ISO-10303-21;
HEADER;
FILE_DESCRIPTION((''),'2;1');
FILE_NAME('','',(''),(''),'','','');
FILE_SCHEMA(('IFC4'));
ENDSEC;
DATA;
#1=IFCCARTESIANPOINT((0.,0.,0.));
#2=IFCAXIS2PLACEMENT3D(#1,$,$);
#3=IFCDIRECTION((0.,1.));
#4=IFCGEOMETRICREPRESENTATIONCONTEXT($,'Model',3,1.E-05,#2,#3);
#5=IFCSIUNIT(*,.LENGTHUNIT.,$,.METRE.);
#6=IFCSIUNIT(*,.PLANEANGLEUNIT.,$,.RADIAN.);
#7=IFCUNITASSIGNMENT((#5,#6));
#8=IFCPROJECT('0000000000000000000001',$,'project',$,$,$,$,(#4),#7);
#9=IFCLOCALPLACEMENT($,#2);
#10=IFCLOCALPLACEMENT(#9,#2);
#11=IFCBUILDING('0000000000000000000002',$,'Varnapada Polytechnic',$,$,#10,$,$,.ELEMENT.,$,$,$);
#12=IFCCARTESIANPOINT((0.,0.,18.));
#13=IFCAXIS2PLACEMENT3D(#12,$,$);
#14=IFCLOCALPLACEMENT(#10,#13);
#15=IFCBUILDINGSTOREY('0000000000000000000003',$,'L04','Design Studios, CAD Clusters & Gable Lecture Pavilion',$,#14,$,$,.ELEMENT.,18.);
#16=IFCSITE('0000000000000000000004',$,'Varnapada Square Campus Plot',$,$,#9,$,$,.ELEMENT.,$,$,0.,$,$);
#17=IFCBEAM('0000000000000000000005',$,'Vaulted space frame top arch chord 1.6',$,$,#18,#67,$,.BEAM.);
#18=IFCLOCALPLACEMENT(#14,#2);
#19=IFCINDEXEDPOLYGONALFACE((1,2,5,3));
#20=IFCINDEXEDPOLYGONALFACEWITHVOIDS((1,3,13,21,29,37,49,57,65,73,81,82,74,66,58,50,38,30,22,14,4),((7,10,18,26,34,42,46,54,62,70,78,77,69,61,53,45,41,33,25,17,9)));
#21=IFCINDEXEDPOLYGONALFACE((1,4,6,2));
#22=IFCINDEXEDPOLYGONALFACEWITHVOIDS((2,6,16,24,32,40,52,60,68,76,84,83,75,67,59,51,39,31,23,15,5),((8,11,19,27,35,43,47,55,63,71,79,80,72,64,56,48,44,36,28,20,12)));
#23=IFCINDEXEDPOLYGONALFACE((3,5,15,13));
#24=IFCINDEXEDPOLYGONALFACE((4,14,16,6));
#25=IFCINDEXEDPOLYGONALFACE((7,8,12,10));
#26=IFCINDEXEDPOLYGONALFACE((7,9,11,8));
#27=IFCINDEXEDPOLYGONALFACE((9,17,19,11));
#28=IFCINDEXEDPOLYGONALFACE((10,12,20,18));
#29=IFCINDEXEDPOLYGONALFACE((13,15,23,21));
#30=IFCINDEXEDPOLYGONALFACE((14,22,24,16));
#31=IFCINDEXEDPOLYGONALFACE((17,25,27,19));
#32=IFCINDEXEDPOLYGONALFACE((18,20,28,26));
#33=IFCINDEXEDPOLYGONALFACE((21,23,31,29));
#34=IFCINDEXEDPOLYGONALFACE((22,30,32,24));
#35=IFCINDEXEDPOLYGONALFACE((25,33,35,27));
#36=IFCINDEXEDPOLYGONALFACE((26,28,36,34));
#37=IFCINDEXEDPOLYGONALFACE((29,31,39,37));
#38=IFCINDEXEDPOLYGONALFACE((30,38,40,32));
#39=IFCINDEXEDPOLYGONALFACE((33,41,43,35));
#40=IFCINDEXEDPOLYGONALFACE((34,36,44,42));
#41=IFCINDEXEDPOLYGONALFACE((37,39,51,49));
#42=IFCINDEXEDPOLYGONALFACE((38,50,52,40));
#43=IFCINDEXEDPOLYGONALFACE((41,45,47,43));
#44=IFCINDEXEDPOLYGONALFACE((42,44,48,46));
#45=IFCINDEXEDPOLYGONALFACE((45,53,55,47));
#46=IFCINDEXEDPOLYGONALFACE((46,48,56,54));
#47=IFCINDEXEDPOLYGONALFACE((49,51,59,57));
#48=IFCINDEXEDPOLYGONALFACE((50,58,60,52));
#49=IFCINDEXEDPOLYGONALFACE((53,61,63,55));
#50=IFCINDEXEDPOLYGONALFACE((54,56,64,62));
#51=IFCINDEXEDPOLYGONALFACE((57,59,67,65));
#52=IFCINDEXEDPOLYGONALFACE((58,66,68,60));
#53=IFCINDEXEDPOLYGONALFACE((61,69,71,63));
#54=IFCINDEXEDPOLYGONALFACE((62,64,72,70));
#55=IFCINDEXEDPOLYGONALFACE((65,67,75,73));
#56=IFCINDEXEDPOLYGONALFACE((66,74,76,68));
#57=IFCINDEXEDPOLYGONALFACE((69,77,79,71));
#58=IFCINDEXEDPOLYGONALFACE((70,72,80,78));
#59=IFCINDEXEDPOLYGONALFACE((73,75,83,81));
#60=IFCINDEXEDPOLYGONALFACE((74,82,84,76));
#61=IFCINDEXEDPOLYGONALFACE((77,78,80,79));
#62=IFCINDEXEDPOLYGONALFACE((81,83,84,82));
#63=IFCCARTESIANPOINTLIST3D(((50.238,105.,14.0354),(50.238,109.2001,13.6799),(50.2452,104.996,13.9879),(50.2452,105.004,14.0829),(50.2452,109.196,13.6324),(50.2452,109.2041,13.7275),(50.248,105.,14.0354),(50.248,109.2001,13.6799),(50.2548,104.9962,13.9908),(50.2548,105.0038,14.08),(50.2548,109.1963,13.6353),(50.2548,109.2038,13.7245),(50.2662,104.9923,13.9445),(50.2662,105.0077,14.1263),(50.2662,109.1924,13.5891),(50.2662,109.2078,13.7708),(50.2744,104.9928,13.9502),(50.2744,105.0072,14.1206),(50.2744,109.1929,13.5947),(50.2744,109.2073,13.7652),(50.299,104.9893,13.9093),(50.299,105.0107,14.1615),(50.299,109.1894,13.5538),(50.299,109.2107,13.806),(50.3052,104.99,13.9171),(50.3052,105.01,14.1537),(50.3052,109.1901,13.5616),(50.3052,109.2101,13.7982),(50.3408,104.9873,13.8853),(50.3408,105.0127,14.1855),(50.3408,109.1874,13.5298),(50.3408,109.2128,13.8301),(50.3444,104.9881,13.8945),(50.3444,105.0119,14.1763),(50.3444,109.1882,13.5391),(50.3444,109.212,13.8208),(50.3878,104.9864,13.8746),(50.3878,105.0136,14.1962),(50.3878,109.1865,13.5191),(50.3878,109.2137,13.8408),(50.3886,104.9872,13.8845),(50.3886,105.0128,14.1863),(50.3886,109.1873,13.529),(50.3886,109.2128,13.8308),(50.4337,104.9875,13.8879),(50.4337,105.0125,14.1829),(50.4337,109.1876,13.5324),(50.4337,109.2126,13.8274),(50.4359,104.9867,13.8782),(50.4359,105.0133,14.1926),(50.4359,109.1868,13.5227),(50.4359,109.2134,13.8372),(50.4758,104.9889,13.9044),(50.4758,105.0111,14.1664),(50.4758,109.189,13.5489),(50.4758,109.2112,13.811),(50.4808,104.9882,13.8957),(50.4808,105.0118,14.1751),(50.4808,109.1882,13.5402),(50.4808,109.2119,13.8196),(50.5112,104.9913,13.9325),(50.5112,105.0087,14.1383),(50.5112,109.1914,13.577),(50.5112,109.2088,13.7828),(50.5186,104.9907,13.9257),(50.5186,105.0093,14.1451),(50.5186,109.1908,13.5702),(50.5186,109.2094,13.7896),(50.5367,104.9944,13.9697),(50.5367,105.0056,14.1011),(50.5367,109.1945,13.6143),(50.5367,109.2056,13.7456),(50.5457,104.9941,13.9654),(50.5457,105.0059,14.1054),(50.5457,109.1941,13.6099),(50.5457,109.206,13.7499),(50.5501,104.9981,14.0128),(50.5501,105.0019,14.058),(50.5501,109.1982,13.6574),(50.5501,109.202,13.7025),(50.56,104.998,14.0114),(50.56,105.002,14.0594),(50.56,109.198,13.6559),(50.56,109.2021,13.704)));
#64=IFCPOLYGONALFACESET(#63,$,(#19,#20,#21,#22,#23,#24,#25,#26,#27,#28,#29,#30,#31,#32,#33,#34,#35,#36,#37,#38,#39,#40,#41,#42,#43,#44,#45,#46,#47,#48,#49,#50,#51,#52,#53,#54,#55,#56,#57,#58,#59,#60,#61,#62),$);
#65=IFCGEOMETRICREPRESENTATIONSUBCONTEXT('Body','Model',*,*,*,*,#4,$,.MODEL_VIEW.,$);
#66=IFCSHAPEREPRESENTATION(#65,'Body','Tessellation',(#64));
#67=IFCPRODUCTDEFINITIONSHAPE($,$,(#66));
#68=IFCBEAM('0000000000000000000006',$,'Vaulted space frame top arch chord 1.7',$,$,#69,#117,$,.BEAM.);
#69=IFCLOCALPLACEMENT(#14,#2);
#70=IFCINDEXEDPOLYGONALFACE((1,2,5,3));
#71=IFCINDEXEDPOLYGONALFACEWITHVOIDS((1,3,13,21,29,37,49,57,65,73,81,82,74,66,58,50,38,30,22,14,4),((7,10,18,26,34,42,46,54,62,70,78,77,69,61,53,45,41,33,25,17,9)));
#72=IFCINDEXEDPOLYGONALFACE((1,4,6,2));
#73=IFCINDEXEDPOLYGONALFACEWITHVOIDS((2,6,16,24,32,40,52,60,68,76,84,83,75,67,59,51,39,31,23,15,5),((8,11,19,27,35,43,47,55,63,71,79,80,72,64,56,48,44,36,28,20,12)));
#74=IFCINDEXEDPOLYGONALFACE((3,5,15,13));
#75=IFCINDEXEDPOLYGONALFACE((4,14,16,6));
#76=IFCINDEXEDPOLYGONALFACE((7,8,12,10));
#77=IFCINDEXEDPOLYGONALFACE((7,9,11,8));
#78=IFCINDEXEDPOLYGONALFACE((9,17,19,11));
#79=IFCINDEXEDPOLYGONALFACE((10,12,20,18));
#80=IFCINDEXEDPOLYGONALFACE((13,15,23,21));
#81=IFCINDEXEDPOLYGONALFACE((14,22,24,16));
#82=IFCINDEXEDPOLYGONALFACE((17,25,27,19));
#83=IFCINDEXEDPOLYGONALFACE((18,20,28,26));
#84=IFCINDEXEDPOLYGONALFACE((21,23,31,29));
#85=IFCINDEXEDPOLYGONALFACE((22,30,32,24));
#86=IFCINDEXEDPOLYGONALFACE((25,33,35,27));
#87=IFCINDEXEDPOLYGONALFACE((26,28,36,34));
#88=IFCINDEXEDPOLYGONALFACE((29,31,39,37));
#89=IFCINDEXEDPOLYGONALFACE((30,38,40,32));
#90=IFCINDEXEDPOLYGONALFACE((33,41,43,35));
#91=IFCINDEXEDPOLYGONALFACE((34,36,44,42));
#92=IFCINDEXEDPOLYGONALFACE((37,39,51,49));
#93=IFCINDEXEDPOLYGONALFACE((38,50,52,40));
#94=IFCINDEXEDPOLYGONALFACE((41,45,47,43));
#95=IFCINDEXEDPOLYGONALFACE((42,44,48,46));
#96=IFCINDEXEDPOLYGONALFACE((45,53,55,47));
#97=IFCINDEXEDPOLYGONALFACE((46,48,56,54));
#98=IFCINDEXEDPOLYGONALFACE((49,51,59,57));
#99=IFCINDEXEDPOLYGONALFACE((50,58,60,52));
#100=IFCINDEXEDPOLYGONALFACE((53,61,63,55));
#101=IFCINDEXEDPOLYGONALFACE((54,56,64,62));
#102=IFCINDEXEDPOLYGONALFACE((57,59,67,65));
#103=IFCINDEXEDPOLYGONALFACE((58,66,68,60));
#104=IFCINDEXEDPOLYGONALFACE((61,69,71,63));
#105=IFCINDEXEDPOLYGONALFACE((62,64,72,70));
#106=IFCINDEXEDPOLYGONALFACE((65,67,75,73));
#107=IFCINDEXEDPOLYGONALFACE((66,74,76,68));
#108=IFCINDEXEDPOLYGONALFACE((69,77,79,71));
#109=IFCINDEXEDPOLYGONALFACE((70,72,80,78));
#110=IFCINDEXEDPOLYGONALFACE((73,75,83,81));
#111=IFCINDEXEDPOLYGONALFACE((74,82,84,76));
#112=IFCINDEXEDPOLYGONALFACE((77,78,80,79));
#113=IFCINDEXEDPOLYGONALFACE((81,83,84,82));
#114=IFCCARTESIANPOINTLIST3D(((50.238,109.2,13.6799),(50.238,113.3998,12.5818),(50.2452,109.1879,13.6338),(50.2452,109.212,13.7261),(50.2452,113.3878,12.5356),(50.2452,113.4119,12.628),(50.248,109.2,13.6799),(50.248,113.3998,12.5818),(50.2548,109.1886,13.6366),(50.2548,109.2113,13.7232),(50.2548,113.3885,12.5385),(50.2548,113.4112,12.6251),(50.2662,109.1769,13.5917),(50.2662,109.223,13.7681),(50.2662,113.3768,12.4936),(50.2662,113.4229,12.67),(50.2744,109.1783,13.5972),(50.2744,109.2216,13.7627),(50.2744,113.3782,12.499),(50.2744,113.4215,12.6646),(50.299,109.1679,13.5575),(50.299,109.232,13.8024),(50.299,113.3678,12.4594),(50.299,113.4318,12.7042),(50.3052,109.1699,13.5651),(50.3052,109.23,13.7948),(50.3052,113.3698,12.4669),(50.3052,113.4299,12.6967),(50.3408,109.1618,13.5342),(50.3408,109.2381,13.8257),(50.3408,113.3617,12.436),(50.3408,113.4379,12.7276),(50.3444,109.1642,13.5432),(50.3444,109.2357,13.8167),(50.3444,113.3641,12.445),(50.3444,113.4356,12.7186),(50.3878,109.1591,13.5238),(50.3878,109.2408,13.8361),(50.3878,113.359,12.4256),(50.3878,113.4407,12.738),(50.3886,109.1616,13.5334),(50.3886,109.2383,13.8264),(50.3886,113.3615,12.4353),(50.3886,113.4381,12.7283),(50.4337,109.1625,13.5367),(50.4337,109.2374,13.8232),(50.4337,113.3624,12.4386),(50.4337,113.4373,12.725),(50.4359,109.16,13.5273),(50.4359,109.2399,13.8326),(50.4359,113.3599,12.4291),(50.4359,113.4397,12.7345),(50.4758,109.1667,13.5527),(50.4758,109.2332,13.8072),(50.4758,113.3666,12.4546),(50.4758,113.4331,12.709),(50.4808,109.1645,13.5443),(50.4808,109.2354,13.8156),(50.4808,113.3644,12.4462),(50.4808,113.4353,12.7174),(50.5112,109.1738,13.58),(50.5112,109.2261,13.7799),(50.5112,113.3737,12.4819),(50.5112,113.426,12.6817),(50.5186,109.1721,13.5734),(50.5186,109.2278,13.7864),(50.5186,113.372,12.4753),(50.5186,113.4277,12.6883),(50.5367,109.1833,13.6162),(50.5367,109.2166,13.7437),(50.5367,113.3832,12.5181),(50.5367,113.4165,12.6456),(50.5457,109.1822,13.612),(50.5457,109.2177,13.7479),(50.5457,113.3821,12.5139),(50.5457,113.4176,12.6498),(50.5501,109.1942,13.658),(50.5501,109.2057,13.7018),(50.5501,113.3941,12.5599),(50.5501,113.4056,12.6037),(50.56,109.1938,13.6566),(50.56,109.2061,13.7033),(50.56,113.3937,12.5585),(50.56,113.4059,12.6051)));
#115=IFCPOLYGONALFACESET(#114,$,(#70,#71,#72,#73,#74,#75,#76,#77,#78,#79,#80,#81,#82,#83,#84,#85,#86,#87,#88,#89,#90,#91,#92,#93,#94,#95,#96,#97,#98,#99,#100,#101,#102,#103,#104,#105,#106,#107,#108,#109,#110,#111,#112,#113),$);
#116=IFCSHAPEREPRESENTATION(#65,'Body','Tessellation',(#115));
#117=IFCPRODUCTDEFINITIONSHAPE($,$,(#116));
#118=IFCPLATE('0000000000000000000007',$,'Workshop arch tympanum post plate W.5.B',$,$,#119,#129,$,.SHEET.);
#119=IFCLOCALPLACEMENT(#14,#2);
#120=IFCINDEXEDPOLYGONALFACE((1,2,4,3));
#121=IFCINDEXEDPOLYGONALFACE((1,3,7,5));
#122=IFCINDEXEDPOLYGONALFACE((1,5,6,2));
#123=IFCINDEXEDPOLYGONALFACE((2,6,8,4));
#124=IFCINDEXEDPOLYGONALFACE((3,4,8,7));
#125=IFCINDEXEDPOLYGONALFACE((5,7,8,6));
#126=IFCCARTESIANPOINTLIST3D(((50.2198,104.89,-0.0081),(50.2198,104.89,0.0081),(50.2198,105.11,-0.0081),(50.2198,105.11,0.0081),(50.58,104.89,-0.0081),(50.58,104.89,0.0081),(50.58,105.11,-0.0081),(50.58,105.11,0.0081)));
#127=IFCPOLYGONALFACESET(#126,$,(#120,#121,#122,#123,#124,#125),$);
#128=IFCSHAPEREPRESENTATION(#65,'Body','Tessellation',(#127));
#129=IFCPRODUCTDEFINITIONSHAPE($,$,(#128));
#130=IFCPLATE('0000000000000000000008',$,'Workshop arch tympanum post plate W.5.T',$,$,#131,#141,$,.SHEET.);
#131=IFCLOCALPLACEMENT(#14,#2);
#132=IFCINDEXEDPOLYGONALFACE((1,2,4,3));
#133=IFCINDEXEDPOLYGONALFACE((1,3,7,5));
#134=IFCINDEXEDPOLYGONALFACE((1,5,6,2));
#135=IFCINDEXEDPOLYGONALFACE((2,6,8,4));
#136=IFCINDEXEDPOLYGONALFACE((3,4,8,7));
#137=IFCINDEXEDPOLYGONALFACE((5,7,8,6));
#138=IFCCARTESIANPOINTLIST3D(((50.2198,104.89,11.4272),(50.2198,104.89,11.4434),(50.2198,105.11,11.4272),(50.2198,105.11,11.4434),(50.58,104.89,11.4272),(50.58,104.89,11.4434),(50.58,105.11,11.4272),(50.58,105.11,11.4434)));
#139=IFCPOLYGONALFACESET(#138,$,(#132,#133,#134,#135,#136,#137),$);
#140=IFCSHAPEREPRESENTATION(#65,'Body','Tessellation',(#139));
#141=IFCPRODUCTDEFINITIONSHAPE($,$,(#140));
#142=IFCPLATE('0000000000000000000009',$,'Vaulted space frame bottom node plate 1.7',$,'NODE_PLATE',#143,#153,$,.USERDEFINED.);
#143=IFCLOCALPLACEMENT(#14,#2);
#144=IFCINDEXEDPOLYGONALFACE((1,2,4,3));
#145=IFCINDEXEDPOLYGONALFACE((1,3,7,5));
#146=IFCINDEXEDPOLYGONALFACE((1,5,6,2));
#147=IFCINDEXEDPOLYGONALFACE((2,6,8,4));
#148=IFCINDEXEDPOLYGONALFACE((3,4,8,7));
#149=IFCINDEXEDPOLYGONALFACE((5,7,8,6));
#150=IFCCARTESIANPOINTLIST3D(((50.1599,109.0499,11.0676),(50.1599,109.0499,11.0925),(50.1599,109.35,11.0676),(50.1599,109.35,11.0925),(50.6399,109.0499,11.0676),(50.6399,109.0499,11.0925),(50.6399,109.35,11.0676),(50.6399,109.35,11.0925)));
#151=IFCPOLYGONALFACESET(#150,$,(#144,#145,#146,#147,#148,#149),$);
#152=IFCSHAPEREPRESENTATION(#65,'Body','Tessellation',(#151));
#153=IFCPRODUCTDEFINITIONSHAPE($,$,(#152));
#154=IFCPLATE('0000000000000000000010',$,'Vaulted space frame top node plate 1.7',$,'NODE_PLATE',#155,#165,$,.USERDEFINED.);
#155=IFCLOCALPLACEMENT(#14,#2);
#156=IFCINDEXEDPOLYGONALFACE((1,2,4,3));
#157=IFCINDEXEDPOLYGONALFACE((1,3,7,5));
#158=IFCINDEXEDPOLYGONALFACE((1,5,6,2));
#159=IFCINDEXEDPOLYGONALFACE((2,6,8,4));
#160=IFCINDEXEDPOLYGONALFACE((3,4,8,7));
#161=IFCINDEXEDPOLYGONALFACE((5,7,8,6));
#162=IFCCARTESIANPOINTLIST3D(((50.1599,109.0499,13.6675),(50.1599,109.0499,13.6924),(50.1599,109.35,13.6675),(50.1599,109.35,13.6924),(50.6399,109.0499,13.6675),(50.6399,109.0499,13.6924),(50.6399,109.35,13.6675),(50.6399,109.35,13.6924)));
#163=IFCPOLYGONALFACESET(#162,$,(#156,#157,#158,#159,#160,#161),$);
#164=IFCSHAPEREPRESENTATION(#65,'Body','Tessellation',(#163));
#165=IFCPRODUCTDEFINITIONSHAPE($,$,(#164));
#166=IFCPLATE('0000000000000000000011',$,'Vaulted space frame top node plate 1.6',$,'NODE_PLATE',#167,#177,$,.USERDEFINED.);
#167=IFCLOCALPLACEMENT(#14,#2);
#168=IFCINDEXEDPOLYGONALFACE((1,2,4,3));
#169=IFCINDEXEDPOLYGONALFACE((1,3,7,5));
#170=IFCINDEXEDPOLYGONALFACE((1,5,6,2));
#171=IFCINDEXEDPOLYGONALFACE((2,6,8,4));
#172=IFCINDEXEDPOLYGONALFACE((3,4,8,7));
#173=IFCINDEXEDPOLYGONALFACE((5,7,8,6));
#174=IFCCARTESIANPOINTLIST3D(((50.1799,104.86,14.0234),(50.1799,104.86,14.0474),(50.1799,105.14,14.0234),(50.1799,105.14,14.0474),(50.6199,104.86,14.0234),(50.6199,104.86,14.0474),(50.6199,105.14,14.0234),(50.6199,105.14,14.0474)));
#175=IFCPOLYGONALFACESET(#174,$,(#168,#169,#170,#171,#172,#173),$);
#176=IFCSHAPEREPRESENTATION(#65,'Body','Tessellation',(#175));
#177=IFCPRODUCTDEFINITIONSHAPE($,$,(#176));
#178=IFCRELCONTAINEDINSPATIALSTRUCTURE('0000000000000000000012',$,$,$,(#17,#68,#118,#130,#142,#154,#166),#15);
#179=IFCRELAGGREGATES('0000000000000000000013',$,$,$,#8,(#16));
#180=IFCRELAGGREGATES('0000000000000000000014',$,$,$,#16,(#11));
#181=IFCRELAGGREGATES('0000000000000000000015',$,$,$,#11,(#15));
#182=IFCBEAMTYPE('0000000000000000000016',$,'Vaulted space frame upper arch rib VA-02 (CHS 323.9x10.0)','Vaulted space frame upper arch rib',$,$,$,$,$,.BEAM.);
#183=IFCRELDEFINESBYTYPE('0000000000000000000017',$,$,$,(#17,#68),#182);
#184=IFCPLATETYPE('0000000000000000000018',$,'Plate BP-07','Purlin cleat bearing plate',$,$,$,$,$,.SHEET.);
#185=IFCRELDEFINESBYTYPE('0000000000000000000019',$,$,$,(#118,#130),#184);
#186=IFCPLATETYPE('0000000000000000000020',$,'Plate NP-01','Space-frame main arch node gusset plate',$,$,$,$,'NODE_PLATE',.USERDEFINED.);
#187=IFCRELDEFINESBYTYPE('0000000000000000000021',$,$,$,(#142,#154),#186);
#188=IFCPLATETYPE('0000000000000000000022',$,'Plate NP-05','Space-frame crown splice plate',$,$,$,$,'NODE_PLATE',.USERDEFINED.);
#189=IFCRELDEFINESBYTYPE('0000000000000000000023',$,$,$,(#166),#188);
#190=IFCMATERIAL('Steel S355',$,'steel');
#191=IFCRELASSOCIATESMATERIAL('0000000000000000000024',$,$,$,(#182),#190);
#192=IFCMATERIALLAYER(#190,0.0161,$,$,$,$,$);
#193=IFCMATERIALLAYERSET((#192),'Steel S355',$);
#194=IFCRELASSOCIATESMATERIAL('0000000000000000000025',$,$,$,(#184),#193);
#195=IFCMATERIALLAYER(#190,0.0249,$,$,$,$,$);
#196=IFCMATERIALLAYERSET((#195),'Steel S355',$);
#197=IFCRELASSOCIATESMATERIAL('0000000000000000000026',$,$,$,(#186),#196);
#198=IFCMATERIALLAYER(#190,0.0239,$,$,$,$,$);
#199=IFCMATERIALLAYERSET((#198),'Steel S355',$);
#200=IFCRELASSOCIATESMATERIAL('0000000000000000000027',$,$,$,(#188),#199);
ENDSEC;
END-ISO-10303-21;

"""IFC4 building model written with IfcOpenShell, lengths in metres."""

from ifc_helpers import new_model, si_unit, direction, frame, origin, origin_2d, place, context, subcontext, project, spatial, rectangle, hollow_circle, extrude, material, layer, layer_set, material_profile, profile_set, type_object, element, save


model = new_model("IFC4")

# Units and contexts
model_context = context("Model", 3, precision=1e-05, world=origin(), true_north=direction((0.0, 1.0)))
body_context = subcontext(model_context, "Body", "Model", "MODEL_VIEW")
ifc_project = project(units=[si_unit("LENGTHUNIT", "METRE"), si_unit("PLANEANGLEUNIT", "RADIAN")], contexts=[model_context])

# Site, building, storey
site_placement = place(None, origin())
site = spatial("IfcSite", under=ifc_project, at=site_placement, Name="Varnapada Square Campus Plot", CompositionType="ELEMENT", RefElevation=0.0)
building_placement = place(site_placement, origin())
building = spatial("IfcBuilding", under=site, at=building_placement, Name="Varnapada Polytechnic", CompositionType="ELEMENT")
storey_placement = place(building_placement, frame((0.0, 0.0, 18.0)))
storey = spatial("IfcBuildingStorey", under=building, at=storey_placement, Name="L04", Description="Design Studios, CAD Clusters & Gable Lecture Pavilion", CompositionType="ELEMENT", Elevation=18.0)

# Shared definitions
ifc_material_1 = material(Name="Steel S355", Category="steel")

# Beams
ifc_material_profile_1 = material_profile(ifc_material_1, hollow_circle(Radius=0.1619, WallThickness=0.01, at=origin_2d()), Name="CHS 323.9x10.0")
ifc_profile_set_1 = profile_set([ifc_material_profile_1], Name="Steel S355")
beam_type_1 = type_object("IfcBeamType", Name="Vaulted space frame upper arch rib VA-02 (CHS 323.9x10.0)", Description="Vaulted space frame upper arch rib", PredefinedType="BEAM", material=ifc_profile_set_1)
beam_1_placement = place(storey_placement, frame((50.3999, 105.0, 14.0354), z_axis=(0.0, 0.996437, -0.084335), x_axis=(-1.0, 0.0, 0.0)))
element("IfcBeam", 1, at=beam_1_placement, inside=storey, type_object=beam_type_1, Name="Vaulted space frame top arch chord 1.6", PredefinedType="BEAM", context=body_context, shape_type="SweptSolid", body=[
    extrude(hollow_circle(Radius=0.1619, WallThickness=0.01, at=origin_2d()), origin(), (0.0, 0.0, 1.0), 4.2151),
])
beam_2_placement = place(storey_placement, frame((50.3999, 109.2, 13.6799), z_axis=(0.0, 0.967476, -0.252962), x_axis=(-1.0, 0.0, 0.0)))
element("IfcBeam", 2, at=beam_2_placement, inside=storey, type_object=beam_type_1, Name="Vaulted space frame top arch chord 1.7", PredefinedType="BEAM", context=body_context, shape_type="SweptSolid", body=[
    extrude(hollow_circle(Radius=0.1619, WallThickness=0.01, at=origin_2d()), origin(), (0.0, 0.0, 1.0), 4.3411),
])

# Plates
ifc_layer_1 = layer(ifc_material_1, 0.0161)
ifc_layer_set_1 = layer_set([ifc_layer_1], Name="Steel S355")
plate_type_1 = type_object("IfcPlateType", Name="Plate BP-07", Description="Purlin cleat bearing plate", PredefinedType="SHEET", material=ifc_layer_set_1)
for number, where, z_axis, x_axis, name in (
    (3, (50.3999, 105.0, -0.0081), (0.0, 0.0, 1.0), (1.0, 0.0, 0.0), "Workshop arch tympanum post plate W.5.B"),
    (4, (50.3999, 105.0, 11.4272), (0.0, 0.0, 1.0), (1.0, 0.0, 0.0), "Workshop arch tympanum post plate W.5.T"),
):
    element("IfcPlate", number, at=place(storey_placement, frame(where, z_axis=z_axis, x_axis=x_axis)), inside=storey, type_object=plate_type_1, Name=name, PredefinedType="SHEET", context=body_context, shape_type="SweptSolid", body=[
        extrude(rectangle(XDim=0.3601, YDim=0.22, at=origin_2d()), origin(), (0.0, 0.0, 1.0), 0.0161),
    ])
ifc_layer_2 = layer(ifc_material_1, 0.0249)
ifc_layer_set_2 = layer_set([ifc_layer_2], Name="Steel S355")
plate_type_2 = type_object("IfcPlateType", Name="Plate NP-01", Description="Space-frame main arch node gusset plate", ElementType="NODE_PLATE", PredefinedType="USERDEFINED", material=ifc_layer_set_2)
for number, where, z_axis, x_axis, name in (
    (5, (50.3999, 109.2, 11.0676), (0.0, 0.0, 1.0), (1.0, 0.0, 0.0), "Vaulted space frame bottom node plate 1.7"),
    (6, (50.3999, 109.2, 13.6675), (0.0, 0.0, 1.0), (1.0, 0.0, 0.0), "Vaulted space frame top node plate 1.7"),
):
    element("IfcPlate", number, at=place(storey_placement, frame(where, z_axis=z_axis, x_axis=x_axis)), inside=storey, type_object=plate_type_2, Name=name, ObjectType="NODE_PLATE", PredefinedType="USERDEFINED", context=body_context, shape_type="SweptSolid", body=[
        extrude(rectangle(XDim=0.48, YDim=0.3, at=origin_2d()), origin(), (0.0, 0.0, 1.0), 0.0249),
    ])
ifc_layer_3 = layer(ifc_material_1, 0.0239)
ifc_layer_set_3 = layer_set([ifc_layer_3], Name="Steel S355")
plate_type_3 = type_object("IfcPlateType", Name="Plate NP-05", Description="Space-frame crown splice plate", ElementType="NODE_PLATE", PredefinedType="USERDEFINED", material=ifc_layer_set_3)
plate_placement = place(storey_placement, frame((50.3999, 105.0, 14.0234), z_axis=(0.0, 0.0, 1.0), x_axis=(1.0, 0.0, 0.0)))
element("IfcPlate", 7, at=plate_placement, inside=storey, type_object=plate_type_3, Name="Vaulted space frame top node plate 1.6", ObjectType="NODE_PLATE", PredefinedType="USERDEFINED", context=body_context, shape_type="SweptSolid", body=[
    extrude(rectangle(XDim=0.4399, YDim=0.28, at=origin_2d()), origin(), (0.0, 0.0, 1.0), 0.0239),
])

save(model, "model.ifc")
